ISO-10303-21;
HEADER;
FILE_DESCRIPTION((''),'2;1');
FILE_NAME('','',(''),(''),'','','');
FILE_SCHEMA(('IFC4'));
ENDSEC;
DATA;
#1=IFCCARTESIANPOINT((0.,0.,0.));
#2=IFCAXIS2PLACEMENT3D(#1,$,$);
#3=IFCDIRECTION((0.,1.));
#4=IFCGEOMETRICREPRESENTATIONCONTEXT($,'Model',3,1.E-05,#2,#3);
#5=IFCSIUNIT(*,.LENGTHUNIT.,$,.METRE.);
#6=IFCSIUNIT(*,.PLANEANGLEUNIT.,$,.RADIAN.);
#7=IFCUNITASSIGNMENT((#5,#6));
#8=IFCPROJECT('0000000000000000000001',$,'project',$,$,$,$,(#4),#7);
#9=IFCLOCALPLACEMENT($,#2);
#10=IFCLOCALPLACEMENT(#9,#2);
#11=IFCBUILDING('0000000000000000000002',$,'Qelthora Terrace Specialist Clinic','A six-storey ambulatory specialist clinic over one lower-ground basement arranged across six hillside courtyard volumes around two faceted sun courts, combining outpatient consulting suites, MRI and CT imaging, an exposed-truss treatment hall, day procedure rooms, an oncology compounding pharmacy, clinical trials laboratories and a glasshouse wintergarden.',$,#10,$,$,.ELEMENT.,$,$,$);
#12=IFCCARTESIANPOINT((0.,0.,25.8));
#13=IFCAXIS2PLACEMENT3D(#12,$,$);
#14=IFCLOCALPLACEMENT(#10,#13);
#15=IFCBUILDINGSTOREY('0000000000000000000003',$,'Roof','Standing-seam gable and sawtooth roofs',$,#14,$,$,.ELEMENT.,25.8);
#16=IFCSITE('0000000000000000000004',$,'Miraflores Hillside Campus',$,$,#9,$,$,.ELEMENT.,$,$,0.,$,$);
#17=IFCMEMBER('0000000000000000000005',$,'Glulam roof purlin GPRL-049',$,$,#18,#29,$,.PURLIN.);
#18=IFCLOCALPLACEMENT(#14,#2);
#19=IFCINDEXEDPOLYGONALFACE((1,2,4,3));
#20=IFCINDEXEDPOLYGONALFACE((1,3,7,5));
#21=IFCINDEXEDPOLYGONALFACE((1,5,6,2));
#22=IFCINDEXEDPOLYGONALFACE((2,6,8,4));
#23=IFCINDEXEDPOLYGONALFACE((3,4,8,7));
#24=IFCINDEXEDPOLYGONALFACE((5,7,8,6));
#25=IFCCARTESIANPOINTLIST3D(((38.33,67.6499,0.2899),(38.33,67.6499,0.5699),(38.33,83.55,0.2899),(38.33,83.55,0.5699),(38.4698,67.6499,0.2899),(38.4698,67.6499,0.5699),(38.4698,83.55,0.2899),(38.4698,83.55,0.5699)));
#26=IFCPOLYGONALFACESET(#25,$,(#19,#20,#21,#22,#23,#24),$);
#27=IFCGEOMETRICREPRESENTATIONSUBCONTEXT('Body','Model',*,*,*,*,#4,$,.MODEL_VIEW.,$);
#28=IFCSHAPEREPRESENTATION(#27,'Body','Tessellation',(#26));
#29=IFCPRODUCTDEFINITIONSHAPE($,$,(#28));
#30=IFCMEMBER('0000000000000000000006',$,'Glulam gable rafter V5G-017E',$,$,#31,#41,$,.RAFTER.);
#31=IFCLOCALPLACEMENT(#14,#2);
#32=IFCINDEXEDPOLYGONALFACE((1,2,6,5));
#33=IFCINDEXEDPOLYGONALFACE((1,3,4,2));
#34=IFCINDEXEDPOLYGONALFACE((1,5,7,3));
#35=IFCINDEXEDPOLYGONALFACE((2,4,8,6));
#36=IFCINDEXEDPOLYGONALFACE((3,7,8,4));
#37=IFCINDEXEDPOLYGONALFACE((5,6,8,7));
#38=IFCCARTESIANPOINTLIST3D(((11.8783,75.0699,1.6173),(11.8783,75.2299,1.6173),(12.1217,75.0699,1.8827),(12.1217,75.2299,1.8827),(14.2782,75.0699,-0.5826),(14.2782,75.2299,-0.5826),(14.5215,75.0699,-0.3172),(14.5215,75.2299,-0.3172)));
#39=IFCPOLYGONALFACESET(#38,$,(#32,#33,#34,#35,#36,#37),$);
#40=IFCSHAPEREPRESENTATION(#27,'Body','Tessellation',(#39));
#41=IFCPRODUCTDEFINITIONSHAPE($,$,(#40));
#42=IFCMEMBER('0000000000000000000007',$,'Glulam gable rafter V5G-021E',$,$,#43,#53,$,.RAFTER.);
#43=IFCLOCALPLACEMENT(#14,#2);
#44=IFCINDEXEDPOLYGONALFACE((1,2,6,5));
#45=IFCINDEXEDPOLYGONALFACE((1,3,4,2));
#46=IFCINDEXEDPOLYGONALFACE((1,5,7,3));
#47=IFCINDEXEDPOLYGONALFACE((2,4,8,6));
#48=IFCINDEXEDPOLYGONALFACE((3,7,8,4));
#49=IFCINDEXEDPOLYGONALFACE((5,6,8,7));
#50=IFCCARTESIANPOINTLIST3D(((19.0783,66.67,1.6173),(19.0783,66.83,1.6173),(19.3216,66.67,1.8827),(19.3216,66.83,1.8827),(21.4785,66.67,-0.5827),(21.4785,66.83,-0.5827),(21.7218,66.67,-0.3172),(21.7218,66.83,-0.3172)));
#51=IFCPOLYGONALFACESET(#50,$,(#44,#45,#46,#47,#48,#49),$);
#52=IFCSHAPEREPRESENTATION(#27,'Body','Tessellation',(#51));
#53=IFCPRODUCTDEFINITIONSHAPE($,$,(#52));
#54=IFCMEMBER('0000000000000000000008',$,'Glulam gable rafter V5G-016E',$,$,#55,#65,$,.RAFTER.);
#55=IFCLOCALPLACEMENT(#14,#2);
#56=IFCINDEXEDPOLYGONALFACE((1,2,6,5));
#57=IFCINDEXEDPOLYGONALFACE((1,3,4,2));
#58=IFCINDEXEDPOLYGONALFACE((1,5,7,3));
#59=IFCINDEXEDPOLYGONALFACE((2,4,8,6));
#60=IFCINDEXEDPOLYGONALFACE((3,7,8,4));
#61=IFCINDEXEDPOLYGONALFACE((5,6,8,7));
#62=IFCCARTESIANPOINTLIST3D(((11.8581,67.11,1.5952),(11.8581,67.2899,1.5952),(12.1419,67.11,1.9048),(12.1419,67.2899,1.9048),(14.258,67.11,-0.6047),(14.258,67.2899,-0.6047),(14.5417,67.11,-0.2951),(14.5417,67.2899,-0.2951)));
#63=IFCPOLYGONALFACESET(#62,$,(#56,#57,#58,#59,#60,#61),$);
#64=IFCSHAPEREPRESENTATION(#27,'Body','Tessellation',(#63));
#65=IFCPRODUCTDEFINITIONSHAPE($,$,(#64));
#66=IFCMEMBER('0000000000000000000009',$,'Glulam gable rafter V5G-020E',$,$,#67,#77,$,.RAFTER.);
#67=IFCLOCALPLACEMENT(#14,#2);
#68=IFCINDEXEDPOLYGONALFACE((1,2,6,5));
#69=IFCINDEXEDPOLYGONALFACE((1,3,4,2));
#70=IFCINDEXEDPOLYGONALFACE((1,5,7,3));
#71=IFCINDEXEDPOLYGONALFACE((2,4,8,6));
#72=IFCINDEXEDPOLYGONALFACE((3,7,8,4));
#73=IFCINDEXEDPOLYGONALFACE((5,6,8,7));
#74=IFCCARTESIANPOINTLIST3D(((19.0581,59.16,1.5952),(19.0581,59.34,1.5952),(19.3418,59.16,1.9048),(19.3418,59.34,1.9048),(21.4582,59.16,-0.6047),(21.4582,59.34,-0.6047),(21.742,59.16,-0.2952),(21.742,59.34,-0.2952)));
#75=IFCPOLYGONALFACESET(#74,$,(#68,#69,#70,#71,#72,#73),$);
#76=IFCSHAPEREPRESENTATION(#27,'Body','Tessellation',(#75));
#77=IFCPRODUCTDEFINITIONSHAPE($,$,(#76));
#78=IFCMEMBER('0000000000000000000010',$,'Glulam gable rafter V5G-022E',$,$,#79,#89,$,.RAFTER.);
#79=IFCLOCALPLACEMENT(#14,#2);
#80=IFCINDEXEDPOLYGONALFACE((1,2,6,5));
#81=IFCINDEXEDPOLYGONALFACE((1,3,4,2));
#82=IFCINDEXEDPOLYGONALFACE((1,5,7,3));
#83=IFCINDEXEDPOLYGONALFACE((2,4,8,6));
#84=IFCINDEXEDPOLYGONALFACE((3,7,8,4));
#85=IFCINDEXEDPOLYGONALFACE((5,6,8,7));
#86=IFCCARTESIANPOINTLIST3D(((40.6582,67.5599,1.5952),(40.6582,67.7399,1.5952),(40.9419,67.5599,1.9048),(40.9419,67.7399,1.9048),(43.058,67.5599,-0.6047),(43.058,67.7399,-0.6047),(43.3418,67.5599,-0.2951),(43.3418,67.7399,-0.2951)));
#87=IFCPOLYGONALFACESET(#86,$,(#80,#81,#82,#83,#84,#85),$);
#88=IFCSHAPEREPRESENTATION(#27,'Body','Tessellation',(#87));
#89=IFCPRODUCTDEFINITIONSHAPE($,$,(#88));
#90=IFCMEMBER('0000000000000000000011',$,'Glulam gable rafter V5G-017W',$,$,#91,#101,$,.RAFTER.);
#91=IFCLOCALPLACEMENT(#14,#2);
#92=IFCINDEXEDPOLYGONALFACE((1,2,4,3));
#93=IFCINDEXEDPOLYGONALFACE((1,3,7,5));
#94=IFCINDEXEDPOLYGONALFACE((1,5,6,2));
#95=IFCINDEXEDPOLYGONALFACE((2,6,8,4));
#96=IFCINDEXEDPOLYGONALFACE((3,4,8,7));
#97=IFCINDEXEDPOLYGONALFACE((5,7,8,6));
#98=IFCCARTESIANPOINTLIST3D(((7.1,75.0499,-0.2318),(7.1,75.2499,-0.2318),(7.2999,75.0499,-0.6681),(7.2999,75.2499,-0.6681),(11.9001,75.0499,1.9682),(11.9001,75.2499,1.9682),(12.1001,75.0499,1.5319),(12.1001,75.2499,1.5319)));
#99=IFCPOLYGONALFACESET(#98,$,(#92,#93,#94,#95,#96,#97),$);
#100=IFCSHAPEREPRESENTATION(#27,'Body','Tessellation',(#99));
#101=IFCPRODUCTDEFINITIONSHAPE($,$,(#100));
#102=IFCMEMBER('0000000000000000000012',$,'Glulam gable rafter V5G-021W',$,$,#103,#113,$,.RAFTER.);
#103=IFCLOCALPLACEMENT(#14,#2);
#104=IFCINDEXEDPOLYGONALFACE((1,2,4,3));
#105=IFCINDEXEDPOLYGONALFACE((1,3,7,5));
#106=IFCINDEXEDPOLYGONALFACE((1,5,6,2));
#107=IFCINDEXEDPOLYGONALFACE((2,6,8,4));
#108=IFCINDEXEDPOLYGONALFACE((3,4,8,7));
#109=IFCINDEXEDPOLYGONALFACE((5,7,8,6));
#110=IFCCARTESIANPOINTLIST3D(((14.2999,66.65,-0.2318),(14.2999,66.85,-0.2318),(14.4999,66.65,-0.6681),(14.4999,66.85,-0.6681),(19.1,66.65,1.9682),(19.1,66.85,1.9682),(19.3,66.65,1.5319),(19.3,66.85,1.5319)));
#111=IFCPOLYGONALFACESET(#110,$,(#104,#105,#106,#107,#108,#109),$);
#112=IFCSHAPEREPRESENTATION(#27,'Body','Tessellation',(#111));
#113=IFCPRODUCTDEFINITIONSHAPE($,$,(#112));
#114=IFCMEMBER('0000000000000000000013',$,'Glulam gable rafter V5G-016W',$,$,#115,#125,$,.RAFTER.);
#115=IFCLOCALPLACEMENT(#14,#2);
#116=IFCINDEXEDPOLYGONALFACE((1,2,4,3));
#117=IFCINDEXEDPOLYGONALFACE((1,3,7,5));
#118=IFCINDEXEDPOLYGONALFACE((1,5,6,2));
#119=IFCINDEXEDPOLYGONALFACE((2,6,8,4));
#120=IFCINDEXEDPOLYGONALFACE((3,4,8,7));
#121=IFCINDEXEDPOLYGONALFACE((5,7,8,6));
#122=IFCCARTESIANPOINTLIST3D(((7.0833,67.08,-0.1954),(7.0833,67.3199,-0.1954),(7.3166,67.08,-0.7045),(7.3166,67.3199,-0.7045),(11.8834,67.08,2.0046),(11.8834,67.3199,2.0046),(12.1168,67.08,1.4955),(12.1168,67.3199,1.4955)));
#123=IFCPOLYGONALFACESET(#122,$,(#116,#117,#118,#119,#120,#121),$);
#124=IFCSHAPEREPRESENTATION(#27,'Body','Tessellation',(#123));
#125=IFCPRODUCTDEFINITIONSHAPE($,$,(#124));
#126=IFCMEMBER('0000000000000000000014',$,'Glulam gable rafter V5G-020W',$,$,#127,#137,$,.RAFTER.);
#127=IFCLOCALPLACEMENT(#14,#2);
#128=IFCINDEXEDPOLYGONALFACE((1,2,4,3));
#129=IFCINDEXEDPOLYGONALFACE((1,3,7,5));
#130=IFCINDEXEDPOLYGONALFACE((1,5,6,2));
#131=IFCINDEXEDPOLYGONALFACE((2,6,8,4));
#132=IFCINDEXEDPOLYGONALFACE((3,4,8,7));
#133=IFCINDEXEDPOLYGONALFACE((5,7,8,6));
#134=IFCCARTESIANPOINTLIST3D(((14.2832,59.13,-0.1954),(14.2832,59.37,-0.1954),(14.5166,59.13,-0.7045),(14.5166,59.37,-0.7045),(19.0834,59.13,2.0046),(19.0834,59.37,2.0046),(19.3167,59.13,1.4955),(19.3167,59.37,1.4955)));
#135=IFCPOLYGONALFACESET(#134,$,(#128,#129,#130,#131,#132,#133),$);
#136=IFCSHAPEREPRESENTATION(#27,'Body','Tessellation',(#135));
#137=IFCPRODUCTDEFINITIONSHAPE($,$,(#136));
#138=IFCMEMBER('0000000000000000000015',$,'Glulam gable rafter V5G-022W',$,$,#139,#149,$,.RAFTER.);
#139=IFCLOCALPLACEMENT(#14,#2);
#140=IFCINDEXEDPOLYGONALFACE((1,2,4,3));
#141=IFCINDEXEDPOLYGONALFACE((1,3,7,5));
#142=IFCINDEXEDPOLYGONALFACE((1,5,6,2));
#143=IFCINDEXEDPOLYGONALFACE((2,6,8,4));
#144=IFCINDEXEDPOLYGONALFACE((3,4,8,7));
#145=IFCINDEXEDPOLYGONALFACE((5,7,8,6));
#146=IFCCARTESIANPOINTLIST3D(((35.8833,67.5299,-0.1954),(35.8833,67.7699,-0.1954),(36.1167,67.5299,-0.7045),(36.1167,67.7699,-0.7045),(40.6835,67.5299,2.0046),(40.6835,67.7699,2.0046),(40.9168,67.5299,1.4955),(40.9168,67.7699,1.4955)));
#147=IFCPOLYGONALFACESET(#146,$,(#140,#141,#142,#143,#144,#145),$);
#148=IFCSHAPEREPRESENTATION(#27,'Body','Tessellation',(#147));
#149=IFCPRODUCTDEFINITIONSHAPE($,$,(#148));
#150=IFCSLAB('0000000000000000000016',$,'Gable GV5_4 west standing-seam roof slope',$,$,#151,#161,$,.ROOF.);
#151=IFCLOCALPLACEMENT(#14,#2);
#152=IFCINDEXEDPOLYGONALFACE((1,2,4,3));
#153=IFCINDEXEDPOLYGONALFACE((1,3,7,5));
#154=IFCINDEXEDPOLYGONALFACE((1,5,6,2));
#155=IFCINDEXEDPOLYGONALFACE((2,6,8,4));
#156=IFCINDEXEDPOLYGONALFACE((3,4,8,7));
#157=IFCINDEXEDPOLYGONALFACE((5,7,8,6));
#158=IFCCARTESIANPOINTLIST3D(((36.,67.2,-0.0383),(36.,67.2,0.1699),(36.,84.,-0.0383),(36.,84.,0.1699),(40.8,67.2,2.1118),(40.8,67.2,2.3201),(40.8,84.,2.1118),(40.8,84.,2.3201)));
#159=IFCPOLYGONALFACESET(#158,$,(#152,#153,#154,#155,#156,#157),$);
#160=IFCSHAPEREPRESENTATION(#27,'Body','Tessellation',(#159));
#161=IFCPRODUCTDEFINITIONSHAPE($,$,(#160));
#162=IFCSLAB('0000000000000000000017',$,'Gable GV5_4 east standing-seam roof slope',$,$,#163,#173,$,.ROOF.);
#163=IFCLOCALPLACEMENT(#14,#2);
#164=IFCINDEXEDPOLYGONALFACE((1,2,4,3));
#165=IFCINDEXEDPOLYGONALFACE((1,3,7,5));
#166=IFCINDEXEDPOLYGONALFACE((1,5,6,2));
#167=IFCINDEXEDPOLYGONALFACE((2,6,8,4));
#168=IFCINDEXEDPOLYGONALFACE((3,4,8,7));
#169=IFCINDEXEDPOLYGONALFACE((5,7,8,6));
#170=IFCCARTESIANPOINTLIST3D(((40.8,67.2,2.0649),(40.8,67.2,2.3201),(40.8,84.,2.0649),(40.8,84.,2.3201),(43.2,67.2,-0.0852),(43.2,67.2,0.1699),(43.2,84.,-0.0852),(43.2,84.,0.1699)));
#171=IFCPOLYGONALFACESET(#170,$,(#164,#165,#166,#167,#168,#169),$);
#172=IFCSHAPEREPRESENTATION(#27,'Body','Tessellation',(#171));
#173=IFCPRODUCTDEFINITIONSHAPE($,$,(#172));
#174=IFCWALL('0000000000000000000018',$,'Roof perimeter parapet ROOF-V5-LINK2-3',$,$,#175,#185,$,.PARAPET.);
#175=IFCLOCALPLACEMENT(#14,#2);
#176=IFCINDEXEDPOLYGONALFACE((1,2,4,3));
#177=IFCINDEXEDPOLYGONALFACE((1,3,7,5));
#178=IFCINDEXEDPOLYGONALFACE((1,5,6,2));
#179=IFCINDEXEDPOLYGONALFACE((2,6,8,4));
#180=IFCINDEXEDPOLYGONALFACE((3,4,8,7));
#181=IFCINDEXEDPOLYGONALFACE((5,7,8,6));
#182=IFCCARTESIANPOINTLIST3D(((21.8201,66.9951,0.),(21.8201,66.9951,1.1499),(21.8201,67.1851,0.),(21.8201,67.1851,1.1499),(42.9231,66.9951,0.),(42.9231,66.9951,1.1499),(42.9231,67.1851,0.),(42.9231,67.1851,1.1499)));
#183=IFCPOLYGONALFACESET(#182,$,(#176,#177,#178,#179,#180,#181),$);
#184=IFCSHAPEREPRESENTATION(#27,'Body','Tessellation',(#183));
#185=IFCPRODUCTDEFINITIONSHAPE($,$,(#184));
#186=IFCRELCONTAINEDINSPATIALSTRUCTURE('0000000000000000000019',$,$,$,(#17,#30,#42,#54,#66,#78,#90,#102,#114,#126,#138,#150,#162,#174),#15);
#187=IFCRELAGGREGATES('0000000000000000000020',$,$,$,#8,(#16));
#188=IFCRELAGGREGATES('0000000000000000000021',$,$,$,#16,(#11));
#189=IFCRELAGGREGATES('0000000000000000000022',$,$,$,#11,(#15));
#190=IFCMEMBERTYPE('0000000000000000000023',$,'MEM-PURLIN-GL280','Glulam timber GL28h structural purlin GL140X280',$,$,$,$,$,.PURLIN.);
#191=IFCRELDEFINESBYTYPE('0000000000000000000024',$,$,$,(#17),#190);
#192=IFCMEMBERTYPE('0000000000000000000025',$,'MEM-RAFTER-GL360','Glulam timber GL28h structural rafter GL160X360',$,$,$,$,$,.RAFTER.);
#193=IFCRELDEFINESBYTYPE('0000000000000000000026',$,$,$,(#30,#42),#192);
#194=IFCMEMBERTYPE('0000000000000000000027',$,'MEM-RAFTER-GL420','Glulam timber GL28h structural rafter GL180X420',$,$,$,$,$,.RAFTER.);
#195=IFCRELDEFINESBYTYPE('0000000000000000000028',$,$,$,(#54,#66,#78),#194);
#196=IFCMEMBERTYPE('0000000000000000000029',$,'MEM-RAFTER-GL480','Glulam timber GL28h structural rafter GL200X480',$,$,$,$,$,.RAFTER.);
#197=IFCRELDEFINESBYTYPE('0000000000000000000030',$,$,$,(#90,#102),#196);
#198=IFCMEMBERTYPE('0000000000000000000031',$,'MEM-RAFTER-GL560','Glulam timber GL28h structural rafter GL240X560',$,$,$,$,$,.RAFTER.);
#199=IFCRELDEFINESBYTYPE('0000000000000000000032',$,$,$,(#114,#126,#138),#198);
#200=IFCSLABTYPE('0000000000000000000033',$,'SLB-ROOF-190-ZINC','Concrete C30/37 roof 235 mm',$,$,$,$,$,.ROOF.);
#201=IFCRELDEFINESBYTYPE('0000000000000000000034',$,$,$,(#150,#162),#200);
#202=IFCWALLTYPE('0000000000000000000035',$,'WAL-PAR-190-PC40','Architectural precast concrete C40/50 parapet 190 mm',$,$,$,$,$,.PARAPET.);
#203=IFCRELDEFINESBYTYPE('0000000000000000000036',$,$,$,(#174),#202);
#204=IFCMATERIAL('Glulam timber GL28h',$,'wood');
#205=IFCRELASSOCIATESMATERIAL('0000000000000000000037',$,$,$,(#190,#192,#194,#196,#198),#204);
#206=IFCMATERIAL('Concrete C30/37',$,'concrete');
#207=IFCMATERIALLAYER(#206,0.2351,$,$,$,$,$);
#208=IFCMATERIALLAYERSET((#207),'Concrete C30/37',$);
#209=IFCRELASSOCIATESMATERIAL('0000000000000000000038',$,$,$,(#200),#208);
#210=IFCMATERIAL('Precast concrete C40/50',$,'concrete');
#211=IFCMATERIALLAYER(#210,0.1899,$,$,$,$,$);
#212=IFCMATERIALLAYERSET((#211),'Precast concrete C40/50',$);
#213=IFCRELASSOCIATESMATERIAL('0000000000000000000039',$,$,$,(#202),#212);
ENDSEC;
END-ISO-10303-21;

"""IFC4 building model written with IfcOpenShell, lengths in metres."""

from ifc_helpers import new_model, si_unit, direction, frame, frame_2d, origin, origin_2d, place, context, subcontext, project, spatial, polyline, rectangle, outline, extrude, material, layer, layer_set, material_profile, profile_set, type_object, element, save


model = new_model("IFC4")

# Units and contexts
model_context = context("Model", 3, precision=1e-05, world=origin(), true_north=direction((0.0, 1.0)))
body_context = subcontext(model_context, "Body", "Model", "MODEL_VIEW")
ifc_project = project(units=[si_unit("LENGTHUNIT", "METRE"), si_unit("PLANEANGLEUNIT", "RADIAN")], contexts=[model_context])

# Site, building, storey
site_placement = place(None, origin())
site = spatial("IfcSite", under=ifc_project, at=site_placement, Name="Miraflores Hillside Campus", CompositionType="ELEMENT", RefElevation=0.0)
building_placement = place(site_placement, origin())
building = spatial("IfcBuilding", under=site, at=building_placement, Name="Qelthora Terrace Specialist Clinic", Description="A six-storey ambulatory specialist clinic over one lower-ground basement arranged across six hillside courtyard volumes around two faceted sun courts, combining outpatient consulting suites, MRI and CT imaging, an exposed-truss treatment hall, day procedure rooms, an oncology compounding pharmacy, clinical trials laboratories and a glasshouse wintergarden.", CompositionType="ELEMENT")
storey_placement = place(building_placement, frame((0.0, 0.0, 25.8)))
storey = spatial("IfcBuildingStorey", under=building, at=storey_placement, Name="Roof", Description="Standing-seam gable and sawtooth roofs", CompositionType="ELEMENT", Elevation=25.8)

# Members
ifc_material_1 = material(Name="Glulam timber GL28h", Category="wood")
ifc_material_profile_1 = material_profile(ifc_material_1, rectangle(XDim=0.1399, YDim=0.28, at=origin_2d()), Name="GL140X280")
ifc_profile_set_1 = profile_set([ifc_material_profile_1], Name="Glulam timber GL28h")
member_type_1 = type_object("IfcMemberType", Name="MEM-PURLIN-GL280", Description="Glulam timber GL28h structural purlin GL140X280", PredefinedType="PURLIN", material=ifc_profile_set_1)
for number, where, z_axis, x_axis, name in (
    (1, (38.3999, 67.6499, 0.4299), (0.0, 1.0, 0.0), (-1.0, 0.0, 0.0), "Glulam roof purlin GPRL-049"),
):
    element("IfcMember", number, at=place(storey_placement, frame(where, z_axis=z_axis, x_axis=x_axis)), inside=storey, type_object=member_type_1, Name=name, PredefinedType="PURLIN", context=body_context, shape_type="SweptSolid", body=[
        extrude(rectangle(XDim=0.1399, YDim=0.28, at=origin_2d()), origin(), (0.0, 0.0, 1.0), 15.9001),
    ])
ifc_material_profile_2 = material_profile(ifc_material_1, rectangle(XDim=0.1599, YDim=0.3601, at=origin_2d()), Name="GL160X360")
ifc_profile_set_2 = profile_set([ifc_material_profile_2], Name="Glulam timber GL28h")
member_type_2 = type_object("IfcMemberType", Name="MEM-RAFTER-GL360", Description="Glulam timber GL28h structural rafter GL160X360", PredefinedType="RAFTER", material=ifc_profile_set_2)
member_1_placement = place(storey_placement, frame((12.0, 75.1499, 1.75), z_axis=(0.737148, 0.0, -0.675731), x_axis=(0.0, 1.0, 0.0)))
element("IfcMember", 2, at=member_1_placement, inside=storey, type_object=member_type_2, Name="Glulam gable rafter V5G-017E", PredefinedType="RAFTER", context=body_context, shape_type="SweptSolid", body=[
    extrude(rectangle(XDim=0.1599, YDim=0.3601, at=origin_2d()), origin(), (0.0, 0.0, 1.0), 3.2556),
])
member_2_placement = place(storey_placement, frame((19.2, 66.75, 1.75), z_axis=(0.737182, 0.0, -0.675694), x_axis=(0.0, 1.0, 0.0)))
element("IfcMember", 3, at=member_2_placement, inside=storey, type_object=member_type_2, Name="Glulam gable rafter V5G-021E", PredefinedType="RAFTER", context=body_context, shape_type="SweptSolid", body=[
    extrude(rectangle(XDim=0.1599, YDim=0.3601, at=origin_2d()), origin(), (0.0, 0.0, 1.0), 3.2559),
])
ifc_material_profile_3 = material_profile(ifc_material_1, rectangle(XDim=0.1799, YDim=0.4199, at=origin_2d()), Name="GL180X420")
ifc_profile_set_3 = profile_set([ifc_material_profile_3], Name="Glulam timber GL28h")
member_type_3 = type_object("IfcMemberType", Name="MEM-RAFTER-GL420", Description="Glulam timber GL28h structural rafter GL180X420", PredefinedType="RAFTER", material=ifc_profile_set_3)
member_3_placement = place(storey_placement, frame((12.0, 67.2, 1.75), z_axis=(0.737148, 0.0, -0.675731), x_axis=(0.0, 1.0, 0.0)))
element("IfcMember", 4, at=member_3_placement, inside=storey, type_object=member_type_3, Name="Glulam gable rafter V5G-016E", PredefinedType="RAFTER", context=body_context, shape_type="SweptSolid", body=[
    extrude(rectangle(XDim=0.1799, YDim=0.4199, at=origin_2d()), origin(), (0.0, 0.0, 1.0), 3.2556),
])
member_4_placement = place(storey_placement, frame((19.2, 59.25, 1.75), z_axis=(0.737182, 0.0, -0.675694), x_axis=(0.0, 1.0, 0.0)))
element("IfcMember", 5, at=member_4_placement, inside=storey, type_object=member_type_3, Name="Glulam gable rafter V5G-020E", PredefinedType="RAFTER", context=body_context, shape_type="SweptSolid", body=[
    extrude(rectangle(XDim=0.1799, YDim=0.4199, at=origin_2d()), origin(), (0.0, 0.0, 1.0), 3.2559),
])
member_5_placement = place(storey_placement, frame((40.8, 67.6499, 1.75), z_axis=(0.737148, 0.0, -0.675731), x_axis=(0.0, 1.0, 0.0)))
element("IfcMember", 6, at=member_5_placement, inside=storey, type_object=member_type_3, Name="Glulam gable rafter V5G-022E", PredefinedType="RAFTER", context=body_context, shape_type="SweptSolid", body=[
    extrude(rectangle(XDim=0.1799, YDim=0.4199, at=origin_2d()), origin(), (0.0, 0.0, 1.0), 3.2556),
])
ifc_material_profile_4 = material_profile(ifc_material_1, rectangle(XDim=0.2, YDim=0.48, at=origin_2d()), Name="GL200X480")
ifc_profile_set_4 = profile_set([ifc_material_profile_4], Name="Glulam timber GL28h")
member_type_4 = type_object("IfcMemberType", Name="MEM-RAFTER-GL480", Description="Glulam timber GL28h structural rafter GL200X480", PredefinedType="RAFTER", material=ifc_profile_set_4)
for number, where, z_axis, x_axis, name in (
    (7, (7.2, 75.1499, -0.45), (0.90907, 0.0, 0.416644), (0.0, 1.0, 0.0), "Glulam gable rafter V5G-017W"),
    (8, (14.3999, 66.75, -0.45), (0.90907, 0.0, 0.416644), (0.0, 1.0, 0.0), "Glulam gable rafter V5G-021W"),
):
    element("IfcMember", number, at=place(storey_placement, frame(where, z_axis=z_axis, x_axis=x_axis)), inside=storey, type_object=member_type_4, Name=name, PredefinedType="RAFTER", context=body_context, shape_type="SweptSolid", body=[
        extrude(rectangle(XDim=0.2, YDim=0.48, at=origin_2d()), origin(), (0.0, 0.0, 1.0), 5.2803),
    ])
ifc_material_profile_5 = material_profile(ifc_material_1, rectangle(XDim=0.24, YDim=0.5601, at=origin_2d()), Name="GL240X560")
ifc_profile_set_5 = profile_set([ifc_material_profile_5], Name="Glulam timber GL28h")
member_type_5 = type_object("IfcMemberType", Name="MEM-RAFTER-GL560", Description="Glulam timber GL28h structural rafter GL240X560", PredefinedType="RAFTER", material=ifc_profile_set_5)
for number, where, z_axis, x_axis, name in (
    (9, (7.2, 67.2, -0.45), (0.90907, 0.0, 0.416644), (0.0, 1.0, 0.0), "Glulam gable rafter V5G-016W"),
    (10, (14.3999, 59.25, -0.45), (0.90907, 0.0, 0.416644), (0.0, 1.0, 0.0), "Glulam gable rafter V5G-020W"),
    (11, (36.0, 67.6499, -0.45), (0.90907, 0.0, 0.416644), (0.0, 1.0, 0.0), "Glulam gable rafter V5G-022W"),
):
    element("IfcMember", number, at=place(storey_placement, frame(where, z_axis=z_axis, x_axis=x_axis)), inside=storey, type_object=member_type_5, Name=name, PredefinedType="RAFTER", context=body_context, shape_type="SweptSolid", body=[
        extrude(rectangle(XDim=0.24, YDim=0.5601, at=origin_2d()), origin(), (0.0, 0.0, 1.0), 5.2803),
    ])

# Slabs
ifc_material_2 = material(Name="Concrete C30/37", Category="concrete")
ifc_layer_1 = layer(ifc_material_2, 0.2351)
ifc_layer_set_1 = layer_set([ifc_layer_1], Name="Concrete C30/37")
slab_type = type_object("IfcSlabType", Name="SLB-ROOF-190-ZINC", Description="Concrete C30/37 roof 235 mm", PredefinedType="ROOF", material=ifc_layer_set_1)
slab_1_placement = place(storey_placement, frame((36.0, 67.2, -0.0383), z_axis=(-0.408803, 0.0, 0.912623), x_axis=(0.912623, 0.0, 0.408803)))
element("IfcSlab", 12, at=slab_1_placement, inside=storey, type_object=slab_type, Name="Gable GV5_4 west standing-seam roof slope", PredefinedType="ROOF", context=body_context, shape_type="SweptSolid", body=[
    extrude(outline(polyline([(0.0, 0.0), (5.2596, 0.0), (5.2596, 16.8), (0.0, 16.8), (0.0, 0.0)])), origin(), (0.408803, 0.0, 0.912623), 0.2083),
])
slab_2_placement = place(storey_placement, frame((40.8, 67.2, 2.0649), z_axis=(0.667289, 0.0, 0.744799), x_axis=(0.744799, 0.0, -0.667289)))
element("IfcSlab", 13, at=slab_2_placement, inside=storey, type_object=slab_type, Name="Gable GV5_4 east standing-seam roof slope", PredefinedType="ROOF", context=body_context, shape_type="SweptSolid", body=[
    extrude(outline(polyline([(0.0, 0.0), (3.2222, 0.0), (3.2222, 16.8), (0.0, 16.8), (0.0, 0.0)])), origin(), (-0.667289, 0.0, 0.744799), 0.2551),
])

# Wall
ifc_material_3 = material(Name="Precast concrete C40/50", Category="concrete")
ifc_layer_2 = layer(ifc_material_3, 0.1899)
ifc_layer_set_2 = layer_set([ifc_layer_2], Name="Precast concrete C40/50")
wall_type = type_object("IfcWallType", Name="WAL-PAR-190-PC40", Description="Architectural precast concrete C40/50 parapet 190 mm", PredefinedType="PARAPET", material=ifc_layer_set_2)
wall_1_placement = place(storey_placement, frame((42.9231, 67.0901, 0.0), z_axis=(0.0, 0.0, 1.0), x_axis=(-1.0, 0.0, 0.0)))
element("IfcWall", 14, at=wall_1_placement, inside=storey, type_object=wall_type, Name="Roof perimeter parapet ROOF-V5-LINK2-3", PredefinedType="PARAPET", context=body_context, shape_type="SweptSolid", body=[
    extrude(rectangle(XDim=21.103, YDim=0.1899, at=frame_2d((10.5515, 0.0))), origin(), (0.0, 0.0, 1.0), 1.1499),
])

save(model, "model.ifc")
